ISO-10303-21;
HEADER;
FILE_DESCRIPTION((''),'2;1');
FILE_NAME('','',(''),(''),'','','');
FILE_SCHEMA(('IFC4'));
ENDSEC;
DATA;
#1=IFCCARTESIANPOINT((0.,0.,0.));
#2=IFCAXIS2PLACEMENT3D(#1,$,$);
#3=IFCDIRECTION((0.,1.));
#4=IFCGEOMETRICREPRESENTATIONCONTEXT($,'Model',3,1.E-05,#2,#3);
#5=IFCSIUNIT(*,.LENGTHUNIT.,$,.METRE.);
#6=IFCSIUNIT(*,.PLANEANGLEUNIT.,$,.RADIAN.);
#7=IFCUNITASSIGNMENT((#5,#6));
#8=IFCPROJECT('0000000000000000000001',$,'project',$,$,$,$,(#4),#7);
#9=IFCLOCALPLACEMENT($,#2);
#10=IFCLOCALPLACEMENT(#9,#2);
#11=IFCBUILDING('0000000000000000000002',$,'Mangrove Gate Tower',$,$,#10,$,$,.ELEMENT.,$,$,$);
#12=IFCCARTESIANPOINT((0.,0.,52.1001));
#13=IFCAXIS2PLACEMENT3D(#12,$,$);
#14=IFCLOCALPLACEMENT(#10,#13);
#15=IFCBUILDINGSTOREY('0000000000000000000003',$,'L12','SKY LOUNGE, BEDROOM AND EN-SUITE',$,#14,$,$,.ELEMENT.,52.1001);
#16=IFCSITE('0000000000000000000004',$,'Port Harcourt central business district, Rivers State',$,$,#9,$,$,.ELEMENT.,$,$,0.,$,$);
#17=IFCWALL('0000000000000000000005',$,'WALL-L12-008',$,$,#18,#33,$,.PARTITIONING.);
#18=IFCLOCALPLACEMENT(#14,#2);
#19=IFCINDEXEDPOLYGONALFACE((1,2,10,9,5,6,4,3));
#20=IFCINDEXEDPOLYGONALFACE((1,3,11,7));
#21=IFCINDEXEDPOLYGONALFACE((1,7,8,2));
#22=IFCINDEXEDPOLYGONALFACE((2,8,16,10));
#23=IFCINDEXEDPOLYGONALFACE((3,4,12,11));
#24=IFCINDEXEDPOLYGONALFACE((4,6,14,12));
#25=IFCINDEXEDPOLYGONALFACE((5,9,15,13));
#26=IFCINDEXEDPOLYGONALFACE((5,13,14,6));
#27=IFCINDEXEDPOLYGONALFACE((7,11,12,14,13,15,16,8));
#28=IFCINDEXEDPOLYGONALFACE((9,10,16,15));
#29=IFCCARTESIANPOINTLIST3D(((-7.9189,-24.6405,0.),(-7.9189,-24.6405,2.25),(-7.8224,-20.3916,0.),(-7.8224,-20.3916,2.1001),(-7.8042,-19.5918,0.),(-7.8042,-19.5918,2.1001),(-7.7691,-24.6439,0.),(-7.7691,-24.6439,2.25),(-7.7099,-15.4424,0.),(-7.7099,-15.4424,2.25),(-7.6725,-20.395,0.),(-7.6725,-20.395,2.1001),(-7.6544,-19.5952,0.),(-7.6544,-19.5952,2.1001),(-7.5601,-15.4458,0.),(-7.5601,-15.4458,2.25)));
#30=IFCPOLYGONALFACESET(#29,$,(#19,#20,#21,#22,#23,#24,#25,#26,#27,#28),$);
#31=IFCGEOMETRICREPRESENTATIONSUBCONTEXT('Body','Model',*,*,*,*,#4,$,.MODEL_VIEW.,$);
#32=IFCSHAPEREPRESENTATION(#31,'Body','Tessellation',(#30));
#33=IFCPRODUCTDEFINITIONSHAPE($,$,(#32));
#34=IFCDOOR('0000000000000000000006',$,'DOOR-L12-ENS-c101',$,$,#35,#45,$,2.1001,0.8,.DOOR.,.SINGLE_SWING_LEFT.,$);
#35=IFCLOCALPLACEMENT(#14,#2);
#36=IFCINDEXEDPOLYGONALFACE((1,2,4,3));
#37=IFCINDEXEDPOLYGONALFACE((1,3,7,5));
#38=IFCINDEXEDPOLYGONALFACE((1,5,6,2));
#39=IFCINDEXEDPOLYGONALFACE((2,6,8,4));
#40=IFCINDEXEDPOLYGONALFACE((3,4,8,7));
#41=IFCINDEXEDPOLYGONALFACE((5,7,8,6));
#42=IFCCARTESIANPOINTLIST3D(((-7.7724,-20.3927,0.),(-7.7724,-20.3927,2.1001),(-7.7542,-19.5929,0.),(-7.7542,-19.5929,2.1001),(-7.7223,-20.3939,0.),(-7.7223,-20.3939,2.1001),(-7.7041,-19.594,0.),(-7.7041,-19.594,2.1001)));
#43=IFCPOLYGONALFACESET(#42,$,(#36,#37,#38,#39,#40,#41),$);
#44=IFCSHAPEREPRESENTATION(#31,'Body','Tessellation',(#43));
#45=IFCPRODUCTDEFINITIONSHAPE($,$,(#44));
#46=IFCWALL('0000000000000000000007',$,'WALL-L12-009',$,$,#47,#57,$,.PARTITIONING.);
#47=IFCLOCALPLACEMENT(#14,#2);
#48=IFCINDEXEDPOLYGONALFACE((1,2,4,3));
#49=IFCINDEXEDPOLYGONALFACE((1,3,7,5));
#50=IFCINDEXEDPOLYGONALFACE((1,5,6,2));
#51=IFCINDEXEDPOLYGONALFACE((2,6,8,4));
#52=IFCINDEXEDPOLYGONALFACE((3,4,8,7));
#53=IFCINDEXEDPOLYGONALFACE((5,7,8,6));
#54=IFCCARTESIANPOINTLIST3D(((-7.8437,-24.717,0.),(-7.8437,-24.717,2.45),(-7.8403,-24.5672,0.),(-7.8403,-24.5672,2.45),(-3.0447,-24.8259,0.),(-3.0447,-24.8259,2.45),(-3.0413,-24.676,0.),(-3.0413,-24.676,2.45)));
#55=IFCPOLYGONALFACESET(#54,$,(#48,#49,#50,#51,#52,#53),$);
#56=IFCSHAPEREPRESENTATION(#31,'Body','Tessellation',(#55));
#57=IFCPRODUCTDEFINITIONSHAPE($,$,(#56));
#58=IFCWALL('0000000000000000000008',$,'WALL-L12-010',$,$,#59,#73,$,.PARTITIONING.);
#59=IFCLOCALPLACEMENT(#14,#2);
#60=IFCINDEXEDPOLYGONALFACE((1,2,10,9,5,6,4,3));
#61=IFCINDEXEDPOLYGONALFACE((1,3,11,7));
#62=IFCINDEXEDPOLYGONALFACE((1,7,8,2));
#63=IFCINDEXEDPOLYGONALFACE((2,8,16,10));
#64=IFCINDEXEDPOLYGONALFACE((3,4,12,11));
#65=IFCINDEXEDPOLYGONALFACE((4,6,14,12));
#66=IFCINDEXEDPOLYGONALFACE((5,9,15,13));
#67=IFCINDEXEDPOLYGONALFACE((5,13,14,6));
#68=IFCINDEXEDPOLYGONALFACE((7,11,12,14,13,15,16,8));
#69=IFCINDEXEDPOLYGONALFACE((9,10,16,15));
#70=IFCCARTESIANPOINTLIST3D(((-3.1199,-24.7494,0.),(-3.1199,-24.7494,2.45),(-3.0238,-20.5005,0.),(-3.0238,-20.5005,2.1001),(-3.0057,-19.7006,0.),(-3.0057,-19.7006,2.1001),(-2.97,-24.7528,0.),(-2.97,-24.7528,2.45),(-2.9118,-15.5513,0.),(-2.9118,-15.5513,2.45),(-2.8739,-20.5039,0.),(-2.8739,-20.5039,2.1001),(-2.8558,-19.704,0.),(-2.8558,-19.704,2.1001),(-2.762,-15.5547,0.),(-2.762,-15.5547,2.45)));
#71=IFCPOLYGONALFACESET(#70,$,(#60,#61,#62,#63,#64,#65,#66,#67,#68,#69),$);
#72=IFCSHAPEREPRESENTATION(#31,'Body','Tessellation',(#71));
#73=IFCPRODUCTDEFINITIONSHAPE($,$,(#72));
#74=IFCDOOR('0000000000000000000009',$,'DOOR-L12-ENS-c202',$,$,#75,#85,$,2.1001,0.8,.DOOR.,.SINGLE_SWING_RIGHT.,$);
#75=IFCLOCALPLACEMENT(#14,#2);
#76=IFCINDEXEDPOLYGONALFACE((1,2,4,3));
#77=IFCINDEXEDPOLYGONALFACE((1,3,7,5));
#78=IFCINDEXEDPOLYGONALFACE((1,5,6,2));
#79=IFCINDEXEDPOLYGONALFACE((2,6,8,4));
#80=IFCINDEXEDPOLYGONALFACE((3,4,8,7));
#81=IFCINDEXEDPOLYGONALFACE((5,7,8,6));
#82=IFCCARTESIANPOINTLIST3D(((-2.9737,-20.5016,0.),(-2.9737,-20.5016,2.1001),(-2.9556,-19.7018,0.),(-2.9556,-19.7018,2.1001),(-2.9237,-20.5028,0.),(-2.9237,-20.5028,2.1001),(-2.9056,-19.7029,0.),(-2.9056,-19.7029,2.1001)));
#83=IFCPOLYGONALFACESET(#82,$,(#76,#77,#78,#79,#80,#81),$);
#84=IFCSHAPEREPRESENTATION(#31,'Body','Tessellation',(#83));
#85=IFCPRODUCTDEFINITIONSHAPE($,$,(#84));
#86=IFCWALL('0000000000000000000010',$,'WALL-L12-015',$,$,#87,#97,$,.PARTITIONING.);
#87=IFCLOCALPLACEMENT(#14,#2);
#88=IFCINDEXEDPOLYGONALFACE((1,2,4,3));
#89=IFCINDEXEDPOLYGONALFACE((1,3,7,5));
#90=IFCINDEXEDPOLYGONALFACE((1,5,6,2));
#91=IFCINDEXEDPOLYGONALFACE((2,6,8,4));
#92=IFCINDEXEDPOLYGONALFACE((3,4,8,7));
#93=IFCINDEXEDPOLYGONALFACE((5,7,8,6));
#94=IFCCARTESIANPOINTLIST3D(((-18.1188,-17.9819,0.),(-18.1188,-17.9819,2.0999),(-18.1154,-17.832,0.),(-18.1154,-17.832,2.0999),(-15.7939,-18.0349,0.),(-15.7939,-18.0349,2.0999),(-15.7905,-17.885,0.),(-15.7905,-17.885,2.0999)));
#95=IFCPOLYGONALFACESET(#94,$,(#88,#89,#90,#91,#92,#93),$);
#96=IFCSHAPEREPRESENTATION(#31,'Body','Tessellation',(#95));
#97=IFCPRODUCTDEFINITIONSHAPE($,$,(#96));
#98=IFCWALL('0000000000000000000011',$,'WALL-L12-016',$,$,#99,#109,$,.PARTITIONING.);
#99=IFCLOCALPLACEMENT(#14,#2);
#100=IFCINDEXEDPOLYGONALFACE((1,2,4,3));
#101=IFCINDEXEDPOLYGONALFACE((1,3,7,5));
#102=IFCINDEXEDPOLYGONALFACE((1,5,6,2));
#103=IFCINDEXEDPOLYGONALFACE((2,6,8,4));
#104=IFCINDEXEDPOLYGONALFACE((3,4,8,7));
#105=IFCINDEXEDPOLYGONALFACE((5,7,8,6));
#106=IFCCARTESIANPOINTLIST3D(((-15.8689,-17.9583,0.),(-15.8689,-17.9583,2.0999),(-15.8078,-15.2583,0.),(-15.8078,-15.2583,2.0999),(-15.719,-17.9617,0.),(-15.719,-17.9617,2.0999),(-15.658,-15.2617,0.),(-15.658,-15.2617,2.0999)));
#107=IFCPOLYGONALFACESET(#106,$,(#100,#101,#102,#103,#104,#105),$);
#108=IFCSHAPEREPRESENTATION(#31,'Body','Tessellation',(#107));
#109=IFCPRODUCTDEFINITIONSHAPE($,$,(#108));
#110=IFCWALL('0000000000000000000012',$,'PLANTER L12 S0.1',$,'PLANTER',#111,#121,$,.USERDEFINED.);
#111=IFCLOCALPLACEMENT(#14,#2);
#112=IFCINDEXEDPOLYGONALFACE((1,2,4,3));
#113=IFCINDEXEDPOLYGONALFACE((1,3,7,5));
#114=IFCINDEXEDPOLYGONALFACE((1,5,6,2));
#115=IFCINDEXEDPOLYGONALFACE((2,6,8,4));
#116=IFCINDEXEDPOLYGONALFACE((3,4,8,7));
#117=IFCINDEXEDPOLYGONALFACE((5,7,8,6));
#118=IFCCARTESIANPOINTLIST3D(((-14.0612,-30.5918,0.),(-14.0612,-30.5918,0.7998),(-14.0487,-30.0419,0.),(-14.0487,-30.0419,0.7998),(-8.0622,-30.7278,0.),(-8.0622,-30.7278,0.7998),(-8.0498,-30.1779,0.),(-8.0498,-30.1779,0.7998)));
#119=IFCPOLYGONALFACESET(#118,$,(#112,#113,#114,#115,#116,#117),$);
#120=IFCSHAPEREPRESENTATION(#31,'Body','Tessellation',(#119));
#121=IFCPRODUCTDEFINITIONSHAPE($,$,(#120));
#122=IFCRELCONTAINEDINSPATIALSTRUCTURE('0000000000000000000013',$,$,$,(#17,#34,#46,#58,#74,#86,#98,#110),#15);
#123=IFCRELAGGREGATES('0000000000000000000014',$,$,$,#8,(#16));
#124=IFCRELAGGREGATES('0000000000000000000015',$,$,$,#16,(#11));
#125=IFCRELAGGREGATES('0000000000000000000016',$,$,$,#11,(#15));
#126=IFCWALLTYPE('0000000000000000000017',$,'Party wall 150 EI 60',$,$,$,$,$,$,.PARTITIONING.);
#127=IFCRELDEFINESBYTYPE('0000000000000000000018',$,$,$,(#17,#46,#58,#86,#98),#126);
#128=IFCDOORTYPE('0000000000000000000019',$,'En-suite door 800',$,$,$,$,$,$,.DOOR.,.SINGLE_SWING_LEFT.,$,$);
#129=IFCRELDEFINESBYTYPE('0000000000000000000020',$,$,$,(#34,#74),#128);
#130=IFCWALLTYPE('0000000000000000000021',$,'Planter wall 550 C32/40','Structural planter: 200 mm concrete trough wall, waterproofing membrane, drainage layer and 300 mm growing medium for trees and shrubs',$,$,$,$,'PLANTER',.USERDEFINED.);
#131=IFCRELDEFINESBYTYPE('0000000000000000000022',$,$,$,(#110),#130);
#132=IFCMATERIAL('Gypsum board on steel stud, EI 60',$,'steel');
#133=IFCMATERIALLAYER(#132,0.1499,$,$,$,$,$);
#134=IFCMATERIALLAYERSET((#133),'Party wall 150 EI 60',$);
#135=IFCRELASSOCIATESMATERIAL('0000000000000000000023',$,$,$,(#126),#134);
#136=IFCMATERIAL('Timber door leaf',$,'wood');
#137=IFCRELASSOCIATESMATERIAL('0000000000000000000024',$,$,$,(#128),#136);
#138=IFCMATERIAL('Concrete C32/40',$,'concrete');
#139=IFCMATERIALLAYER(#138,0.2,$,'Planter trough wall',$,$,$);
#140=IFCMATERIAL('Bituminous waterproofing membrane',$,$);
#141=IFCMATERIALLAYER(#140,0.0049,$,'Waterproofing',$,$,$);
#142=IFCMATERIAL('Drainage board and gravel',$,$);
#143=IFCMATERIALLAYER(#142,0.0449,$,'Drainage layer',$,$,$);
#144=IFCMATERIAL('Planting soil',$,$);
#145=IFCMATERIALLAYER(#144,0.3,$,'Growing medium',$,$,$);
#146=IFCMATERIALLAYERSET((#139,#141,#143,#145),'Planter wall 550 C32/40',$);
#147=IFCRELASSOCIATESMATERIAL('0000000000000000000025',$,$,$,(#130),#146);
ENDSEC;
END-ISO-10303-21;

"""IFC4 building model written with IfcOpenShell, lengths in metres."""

from ifc_helpers import new_model, si_unit, direction, frame, frame_2d, origin, place, context, subcontext, project, spatial, rectangle, extrude, material, layer, layer_set, type_object, element, fill, save


model = new_model("IFC4")

# Units and contexts
model_context = context("Model", 3, precision=1e-05, world=origin(), true_north=direction((0.0, 1.0)))
body_context = subcontext(model_context, "Body", "Model", "MODEL_VIEW")
ifc_project = project(units=[si_unit("LENGTHUNIT", "METRE"), si_unit("PLANEANGLEUNIT", "RADIAN")], contexts=[model_context])

# Site, building, storey
site_placement = place(None, origin())
site = spatial("IfcSite", under=ifc_project, at=site_placement, Name="Port Harcourt central business district, Rivers State", CompositionType="ELEMENT", RefElevation=0.0)
building_placement = place(site_placement, origin())
building = spatial("IfcBuilding", under=site, at=building_placement, Name="Mangrove Gate Tower", CompositionType="ELEMENT")
storey_placement = place(building_placement, frame((0.0, 0.0, 52.1001)))
storey = spatial("IfcBuildingStorey", under=building, at=storey_placement, Name="L12", Description="SKY LOUNGE, BEDROOM AND EN-SUITE", CompositionType="ELEMENT", Elevation=52.1001)

# Shared definitions
ifc_material_1 = material(Name="Gypsum board on steel stud, EI 60", Category="steel")
ifc_layer_1 = layer(ifc_material_1, 0.1499)
ifc_layer_set_1 = layer_set([ifc_layer_1], Name="Party wall 150 EI 60")
wall_type_1 = type_object("IfcWallType", Name="Party wall 150 EI 60", PredefinedType="PARTITIONING", material=ifc_layer_set_1)

# Wall, opening, door
wall_1_placement = place(storey_placement, frame((-7.844, -24.6421, 0.0), z_axis=(0.0, 0.0, 1.0), x_axis=(0.022715, 0.999742, 0.0)))
wall_1 = element("IfcWall", 1, at=wall_1_placement, inside=storey, type_object=wall_type_1, Name="WALL-L12-008", PredefinedType="PARTITIONING", context=body_context, shape_type="SweptSolid", body=[
    extrude(rectangle(XDim=9.2004, YDim=0.1499, at=frame_2d((4.6001, 0.0))), origin(), (0.0, 0.0, 1.0), 2.25),
])
opening_1_placement = place(wall_1_placement, frame((4.25, 0.0, 0.0)))
opening_1 = element("IfcOpeningElement", 2, at=opening_1_placement, cuts=wall_1, PredefinedType="OPENING", context=body_context, shape_type="SweptSolid", body=[
    extrude(rectangle(XDim=0.8, YDim=2.1001, at=frame_2d((0.3999, 1.05))), frame((0.0, 0.085, 0.0), z_axis=(0.0, -1.0, 0.0), x_axis=(1.0, 0.0, 0.0)), (0.0, 0.0, 1.0), 0.1699),
])
ifc_material_2 = material(Name="Timber door leaf", Category="wood")
door_type_1 = type_object("IfcDoorType", Name="En-suite door 800", OperationType="SINGLE_SWING_LEFT", PredefinedType="DOOR", material=ifc_material_2)
door_1_placement = place(opening_1_placement, origin())
door_1 = element("IfcDoor", 3, at=door_1_placement, inside=storey, type_object=door_type_1, Name="DOOR-L12-ENS-c101", OperationType="SINGLE_SWING_LEFT", OverallHeight=2.1001, OverallWidth=0.8, PredefinedType="DOOR", context=body_context, shape_type="SweptSolid", body=[
    extrude(rectangle(XDim=0.8, YDim=2.1001, at=frame_2d((0.3999, 1.05))), frame((0.0, 0.0249, 0.0), z_axis=(0.0, -1.0, 0.0), x_axis=(1.0, 0.0, 0.0)), (0.0, 0.0, 1.0), 0.05),
])
fill(opening_1, door_1)

# Wall
wall_2_placement = place(storey_placement, frame((-7.842, -24.6421, 0.0), z_axis=(0.0, 0.0, 1.0), x_axis=(0.999743, -0.022683, 0.0)))
element("IfcWall", 4, at=wall_2_placement, inside=storey, type_object=wall_type_1, Name="WALL-L12-009", PredefinedType="PARTITIONING", context=body_context, shape_type="SweptSolid", body=[
    extrude(rectangle(XDim=4.8003, YDim=0.1499, at=frame_2d((2.4001, 0.0))), origin(), (0.0, 0.0, 1.0), 2.45),
])

# Wall, opening, door
wall_3_placement = place(storey_placement, frame((-3.0449, -24.751, 0.0), z_axis=(0.0, 0.0, 1.0), x_axis=(0.022609, 0.999744, 0.0)))
wall_3 = element("IfcWall", 5, at=wall_3_placement, inside=storey, type_object=wall_type_1, Name="WALL-L12-010", PredefinedType="PARTITIONING", context=body_context, shape_type="SweptSolid", body=[
    extrude(rectangle(XDim=9.2004, YDim=0.1499, at=frame_2d((4.6001, 0.0))), origin(), (0.0, 0.0, 1.0), 2.45),
])
opening_2_placement = place(wall_3_placement, frame((4.25, 0.0, 0.0)))
opening_2 = element("IfcOpeningElement", 6, at=opening_2_placement, cuts=wall_3, PredefinedType="OPENING", context=body_context, shape_type="SweptSolid", body=[
    extrude(rectangle(XDim=0.8, YDim=2.1001, at=frame_2d((0.3999, 1.05))), frame((0.0, 0.085, 0.0), z_axis=(0.0, -1.0, 0.0), x_axis=(1.0, 0.0, 0.0)), (0.0, 0.0, 1.0), 0.1699),
])
door_2_placement = place(opening_2_placement, origin())
door_2 = element("IfcDoor", 7, at=door_2_placement, inside=storey, type_object=door_type_1, Name="DOOR-L12-ENS-c202", OperationType="SINGLE_SWING_RIGHT", OverallHeight=2.1001, OverallWidth=0.8, PredefinedType="DOOR", context=body_context, shape_type="SweptSolid", body=[
    extrude(rectangle(XDim=0.8, YDim=2.1001, at=frame_2d((0.3999, 1.05))), frame((0.0, 0.0249, 0.0), z_axis=(0.0, -1.0, 0.0), x_axis=(1.0, 0.0, 0.0)), (0.0, 0.0, 1.0), 0.05),
])
fill(opening_2, door_2)

# Walls
wall_4_placement = place(storey_placement, frame((-18.1169, -17.907, 0.0), z_axis=(0.0, 0.0, 1.0), x_axis=(0.99974, -0.022781, 0.0)))
element("IfcWall", 8, at=wall_4_placement, inside=storey, type_object=wall_type_1, Name="WALL-L12-015", PredefinedType="PARTITIONING", context=body_context, shape_type="SweptSolid", body=[
    extrude(rectangle(XDim=2.3254, YDim=0.1499, at=frame_2d((1.1626, 0.0))), origin(), (0.0, 0.0, 1.0), 2.0999),
])
wall_5_placement = place(storey_placement, frame((-15.7939, -17.96, 0.0), z_axis=(0.0, 0.0, 1.0), x_axis=(0.0226, 0.999745, 0.0)))
element("IfcWall", 9, at=wall_5_placement, inside=storey, type_object=wall_type_1, Name="WALL-L12-016", PredefinedType="PARTITIONING", context=body_context, shape_type="SweptSolid", body=[
    extrude(rectangle(XDim=2.7007, YDim=0.1499, at=frame_2d((1.3503, 0.0))), origin(), (0.0, 0.0, 1.0), 2.0999),
])
ifc_material_3 = material(Name="Concrete C32/40", Category="concrete")
ifc_layer_2 = layer(ifc_material_3, 0.2, Name="Planter trough wall")
ifc_material_4 = material(Name="Bituminous waterproofing membrane")
ifc_layer_3 = layer(ifc_material_4, 0.0049, Name="Waterproofing")
ifc_material_5 = material(Name="Drainage board and gravel")
ifc_layer_4 = layer(ifc_material_5, 0.0449, Name="Drainage layer")
ifc_material_6 = material(Name="Planting soil")
ifc_layer_5 = layer(ifc_material_6, 0.3, Name="Growing medium")
ifc_layer_set_2 = layer_set([ifc_layer_2, ifc_layer_3, ifc_layer_4, ifc_layer_5], Name="Planter wall 550 C32/40")
wall_type_2 = type_object("IfcWallType", Name="Planter wall 550 C32/40", Description="Structural planter: 200 mm concrete trough wall, waterproofing membrane, drainage layer and 300 mm growing medium for trees and shrubs", ElementType="PLANTER", PredefinedType="USERDEFINED", material=ifc_layer_set_2)
wall_6_placement = place(storey_placement, frame((-14.0549, -30.3169, 0.0), z_axis=(0.0, 0.0, 1.0), x_axis=(0.999743, -0.022662, 0.0)))
element("IfcWall", 10, at=wall_6_placement, inside=storey, type_object=wall_type_2, Name="PLANTER L12 S0.1", ObjectType="PLANTER", PredefinedType="USERDEFINED", context=body_context, shape_type="SweptSolid", body=[
    extrude(rectangle(XDim=6.0005, YDim=0.55, at=frame_2d((3.0002, 0.0))), origin(), (0.0, 0.0, 1.0), 0.7998),
])

save(model, "model.ifc")
